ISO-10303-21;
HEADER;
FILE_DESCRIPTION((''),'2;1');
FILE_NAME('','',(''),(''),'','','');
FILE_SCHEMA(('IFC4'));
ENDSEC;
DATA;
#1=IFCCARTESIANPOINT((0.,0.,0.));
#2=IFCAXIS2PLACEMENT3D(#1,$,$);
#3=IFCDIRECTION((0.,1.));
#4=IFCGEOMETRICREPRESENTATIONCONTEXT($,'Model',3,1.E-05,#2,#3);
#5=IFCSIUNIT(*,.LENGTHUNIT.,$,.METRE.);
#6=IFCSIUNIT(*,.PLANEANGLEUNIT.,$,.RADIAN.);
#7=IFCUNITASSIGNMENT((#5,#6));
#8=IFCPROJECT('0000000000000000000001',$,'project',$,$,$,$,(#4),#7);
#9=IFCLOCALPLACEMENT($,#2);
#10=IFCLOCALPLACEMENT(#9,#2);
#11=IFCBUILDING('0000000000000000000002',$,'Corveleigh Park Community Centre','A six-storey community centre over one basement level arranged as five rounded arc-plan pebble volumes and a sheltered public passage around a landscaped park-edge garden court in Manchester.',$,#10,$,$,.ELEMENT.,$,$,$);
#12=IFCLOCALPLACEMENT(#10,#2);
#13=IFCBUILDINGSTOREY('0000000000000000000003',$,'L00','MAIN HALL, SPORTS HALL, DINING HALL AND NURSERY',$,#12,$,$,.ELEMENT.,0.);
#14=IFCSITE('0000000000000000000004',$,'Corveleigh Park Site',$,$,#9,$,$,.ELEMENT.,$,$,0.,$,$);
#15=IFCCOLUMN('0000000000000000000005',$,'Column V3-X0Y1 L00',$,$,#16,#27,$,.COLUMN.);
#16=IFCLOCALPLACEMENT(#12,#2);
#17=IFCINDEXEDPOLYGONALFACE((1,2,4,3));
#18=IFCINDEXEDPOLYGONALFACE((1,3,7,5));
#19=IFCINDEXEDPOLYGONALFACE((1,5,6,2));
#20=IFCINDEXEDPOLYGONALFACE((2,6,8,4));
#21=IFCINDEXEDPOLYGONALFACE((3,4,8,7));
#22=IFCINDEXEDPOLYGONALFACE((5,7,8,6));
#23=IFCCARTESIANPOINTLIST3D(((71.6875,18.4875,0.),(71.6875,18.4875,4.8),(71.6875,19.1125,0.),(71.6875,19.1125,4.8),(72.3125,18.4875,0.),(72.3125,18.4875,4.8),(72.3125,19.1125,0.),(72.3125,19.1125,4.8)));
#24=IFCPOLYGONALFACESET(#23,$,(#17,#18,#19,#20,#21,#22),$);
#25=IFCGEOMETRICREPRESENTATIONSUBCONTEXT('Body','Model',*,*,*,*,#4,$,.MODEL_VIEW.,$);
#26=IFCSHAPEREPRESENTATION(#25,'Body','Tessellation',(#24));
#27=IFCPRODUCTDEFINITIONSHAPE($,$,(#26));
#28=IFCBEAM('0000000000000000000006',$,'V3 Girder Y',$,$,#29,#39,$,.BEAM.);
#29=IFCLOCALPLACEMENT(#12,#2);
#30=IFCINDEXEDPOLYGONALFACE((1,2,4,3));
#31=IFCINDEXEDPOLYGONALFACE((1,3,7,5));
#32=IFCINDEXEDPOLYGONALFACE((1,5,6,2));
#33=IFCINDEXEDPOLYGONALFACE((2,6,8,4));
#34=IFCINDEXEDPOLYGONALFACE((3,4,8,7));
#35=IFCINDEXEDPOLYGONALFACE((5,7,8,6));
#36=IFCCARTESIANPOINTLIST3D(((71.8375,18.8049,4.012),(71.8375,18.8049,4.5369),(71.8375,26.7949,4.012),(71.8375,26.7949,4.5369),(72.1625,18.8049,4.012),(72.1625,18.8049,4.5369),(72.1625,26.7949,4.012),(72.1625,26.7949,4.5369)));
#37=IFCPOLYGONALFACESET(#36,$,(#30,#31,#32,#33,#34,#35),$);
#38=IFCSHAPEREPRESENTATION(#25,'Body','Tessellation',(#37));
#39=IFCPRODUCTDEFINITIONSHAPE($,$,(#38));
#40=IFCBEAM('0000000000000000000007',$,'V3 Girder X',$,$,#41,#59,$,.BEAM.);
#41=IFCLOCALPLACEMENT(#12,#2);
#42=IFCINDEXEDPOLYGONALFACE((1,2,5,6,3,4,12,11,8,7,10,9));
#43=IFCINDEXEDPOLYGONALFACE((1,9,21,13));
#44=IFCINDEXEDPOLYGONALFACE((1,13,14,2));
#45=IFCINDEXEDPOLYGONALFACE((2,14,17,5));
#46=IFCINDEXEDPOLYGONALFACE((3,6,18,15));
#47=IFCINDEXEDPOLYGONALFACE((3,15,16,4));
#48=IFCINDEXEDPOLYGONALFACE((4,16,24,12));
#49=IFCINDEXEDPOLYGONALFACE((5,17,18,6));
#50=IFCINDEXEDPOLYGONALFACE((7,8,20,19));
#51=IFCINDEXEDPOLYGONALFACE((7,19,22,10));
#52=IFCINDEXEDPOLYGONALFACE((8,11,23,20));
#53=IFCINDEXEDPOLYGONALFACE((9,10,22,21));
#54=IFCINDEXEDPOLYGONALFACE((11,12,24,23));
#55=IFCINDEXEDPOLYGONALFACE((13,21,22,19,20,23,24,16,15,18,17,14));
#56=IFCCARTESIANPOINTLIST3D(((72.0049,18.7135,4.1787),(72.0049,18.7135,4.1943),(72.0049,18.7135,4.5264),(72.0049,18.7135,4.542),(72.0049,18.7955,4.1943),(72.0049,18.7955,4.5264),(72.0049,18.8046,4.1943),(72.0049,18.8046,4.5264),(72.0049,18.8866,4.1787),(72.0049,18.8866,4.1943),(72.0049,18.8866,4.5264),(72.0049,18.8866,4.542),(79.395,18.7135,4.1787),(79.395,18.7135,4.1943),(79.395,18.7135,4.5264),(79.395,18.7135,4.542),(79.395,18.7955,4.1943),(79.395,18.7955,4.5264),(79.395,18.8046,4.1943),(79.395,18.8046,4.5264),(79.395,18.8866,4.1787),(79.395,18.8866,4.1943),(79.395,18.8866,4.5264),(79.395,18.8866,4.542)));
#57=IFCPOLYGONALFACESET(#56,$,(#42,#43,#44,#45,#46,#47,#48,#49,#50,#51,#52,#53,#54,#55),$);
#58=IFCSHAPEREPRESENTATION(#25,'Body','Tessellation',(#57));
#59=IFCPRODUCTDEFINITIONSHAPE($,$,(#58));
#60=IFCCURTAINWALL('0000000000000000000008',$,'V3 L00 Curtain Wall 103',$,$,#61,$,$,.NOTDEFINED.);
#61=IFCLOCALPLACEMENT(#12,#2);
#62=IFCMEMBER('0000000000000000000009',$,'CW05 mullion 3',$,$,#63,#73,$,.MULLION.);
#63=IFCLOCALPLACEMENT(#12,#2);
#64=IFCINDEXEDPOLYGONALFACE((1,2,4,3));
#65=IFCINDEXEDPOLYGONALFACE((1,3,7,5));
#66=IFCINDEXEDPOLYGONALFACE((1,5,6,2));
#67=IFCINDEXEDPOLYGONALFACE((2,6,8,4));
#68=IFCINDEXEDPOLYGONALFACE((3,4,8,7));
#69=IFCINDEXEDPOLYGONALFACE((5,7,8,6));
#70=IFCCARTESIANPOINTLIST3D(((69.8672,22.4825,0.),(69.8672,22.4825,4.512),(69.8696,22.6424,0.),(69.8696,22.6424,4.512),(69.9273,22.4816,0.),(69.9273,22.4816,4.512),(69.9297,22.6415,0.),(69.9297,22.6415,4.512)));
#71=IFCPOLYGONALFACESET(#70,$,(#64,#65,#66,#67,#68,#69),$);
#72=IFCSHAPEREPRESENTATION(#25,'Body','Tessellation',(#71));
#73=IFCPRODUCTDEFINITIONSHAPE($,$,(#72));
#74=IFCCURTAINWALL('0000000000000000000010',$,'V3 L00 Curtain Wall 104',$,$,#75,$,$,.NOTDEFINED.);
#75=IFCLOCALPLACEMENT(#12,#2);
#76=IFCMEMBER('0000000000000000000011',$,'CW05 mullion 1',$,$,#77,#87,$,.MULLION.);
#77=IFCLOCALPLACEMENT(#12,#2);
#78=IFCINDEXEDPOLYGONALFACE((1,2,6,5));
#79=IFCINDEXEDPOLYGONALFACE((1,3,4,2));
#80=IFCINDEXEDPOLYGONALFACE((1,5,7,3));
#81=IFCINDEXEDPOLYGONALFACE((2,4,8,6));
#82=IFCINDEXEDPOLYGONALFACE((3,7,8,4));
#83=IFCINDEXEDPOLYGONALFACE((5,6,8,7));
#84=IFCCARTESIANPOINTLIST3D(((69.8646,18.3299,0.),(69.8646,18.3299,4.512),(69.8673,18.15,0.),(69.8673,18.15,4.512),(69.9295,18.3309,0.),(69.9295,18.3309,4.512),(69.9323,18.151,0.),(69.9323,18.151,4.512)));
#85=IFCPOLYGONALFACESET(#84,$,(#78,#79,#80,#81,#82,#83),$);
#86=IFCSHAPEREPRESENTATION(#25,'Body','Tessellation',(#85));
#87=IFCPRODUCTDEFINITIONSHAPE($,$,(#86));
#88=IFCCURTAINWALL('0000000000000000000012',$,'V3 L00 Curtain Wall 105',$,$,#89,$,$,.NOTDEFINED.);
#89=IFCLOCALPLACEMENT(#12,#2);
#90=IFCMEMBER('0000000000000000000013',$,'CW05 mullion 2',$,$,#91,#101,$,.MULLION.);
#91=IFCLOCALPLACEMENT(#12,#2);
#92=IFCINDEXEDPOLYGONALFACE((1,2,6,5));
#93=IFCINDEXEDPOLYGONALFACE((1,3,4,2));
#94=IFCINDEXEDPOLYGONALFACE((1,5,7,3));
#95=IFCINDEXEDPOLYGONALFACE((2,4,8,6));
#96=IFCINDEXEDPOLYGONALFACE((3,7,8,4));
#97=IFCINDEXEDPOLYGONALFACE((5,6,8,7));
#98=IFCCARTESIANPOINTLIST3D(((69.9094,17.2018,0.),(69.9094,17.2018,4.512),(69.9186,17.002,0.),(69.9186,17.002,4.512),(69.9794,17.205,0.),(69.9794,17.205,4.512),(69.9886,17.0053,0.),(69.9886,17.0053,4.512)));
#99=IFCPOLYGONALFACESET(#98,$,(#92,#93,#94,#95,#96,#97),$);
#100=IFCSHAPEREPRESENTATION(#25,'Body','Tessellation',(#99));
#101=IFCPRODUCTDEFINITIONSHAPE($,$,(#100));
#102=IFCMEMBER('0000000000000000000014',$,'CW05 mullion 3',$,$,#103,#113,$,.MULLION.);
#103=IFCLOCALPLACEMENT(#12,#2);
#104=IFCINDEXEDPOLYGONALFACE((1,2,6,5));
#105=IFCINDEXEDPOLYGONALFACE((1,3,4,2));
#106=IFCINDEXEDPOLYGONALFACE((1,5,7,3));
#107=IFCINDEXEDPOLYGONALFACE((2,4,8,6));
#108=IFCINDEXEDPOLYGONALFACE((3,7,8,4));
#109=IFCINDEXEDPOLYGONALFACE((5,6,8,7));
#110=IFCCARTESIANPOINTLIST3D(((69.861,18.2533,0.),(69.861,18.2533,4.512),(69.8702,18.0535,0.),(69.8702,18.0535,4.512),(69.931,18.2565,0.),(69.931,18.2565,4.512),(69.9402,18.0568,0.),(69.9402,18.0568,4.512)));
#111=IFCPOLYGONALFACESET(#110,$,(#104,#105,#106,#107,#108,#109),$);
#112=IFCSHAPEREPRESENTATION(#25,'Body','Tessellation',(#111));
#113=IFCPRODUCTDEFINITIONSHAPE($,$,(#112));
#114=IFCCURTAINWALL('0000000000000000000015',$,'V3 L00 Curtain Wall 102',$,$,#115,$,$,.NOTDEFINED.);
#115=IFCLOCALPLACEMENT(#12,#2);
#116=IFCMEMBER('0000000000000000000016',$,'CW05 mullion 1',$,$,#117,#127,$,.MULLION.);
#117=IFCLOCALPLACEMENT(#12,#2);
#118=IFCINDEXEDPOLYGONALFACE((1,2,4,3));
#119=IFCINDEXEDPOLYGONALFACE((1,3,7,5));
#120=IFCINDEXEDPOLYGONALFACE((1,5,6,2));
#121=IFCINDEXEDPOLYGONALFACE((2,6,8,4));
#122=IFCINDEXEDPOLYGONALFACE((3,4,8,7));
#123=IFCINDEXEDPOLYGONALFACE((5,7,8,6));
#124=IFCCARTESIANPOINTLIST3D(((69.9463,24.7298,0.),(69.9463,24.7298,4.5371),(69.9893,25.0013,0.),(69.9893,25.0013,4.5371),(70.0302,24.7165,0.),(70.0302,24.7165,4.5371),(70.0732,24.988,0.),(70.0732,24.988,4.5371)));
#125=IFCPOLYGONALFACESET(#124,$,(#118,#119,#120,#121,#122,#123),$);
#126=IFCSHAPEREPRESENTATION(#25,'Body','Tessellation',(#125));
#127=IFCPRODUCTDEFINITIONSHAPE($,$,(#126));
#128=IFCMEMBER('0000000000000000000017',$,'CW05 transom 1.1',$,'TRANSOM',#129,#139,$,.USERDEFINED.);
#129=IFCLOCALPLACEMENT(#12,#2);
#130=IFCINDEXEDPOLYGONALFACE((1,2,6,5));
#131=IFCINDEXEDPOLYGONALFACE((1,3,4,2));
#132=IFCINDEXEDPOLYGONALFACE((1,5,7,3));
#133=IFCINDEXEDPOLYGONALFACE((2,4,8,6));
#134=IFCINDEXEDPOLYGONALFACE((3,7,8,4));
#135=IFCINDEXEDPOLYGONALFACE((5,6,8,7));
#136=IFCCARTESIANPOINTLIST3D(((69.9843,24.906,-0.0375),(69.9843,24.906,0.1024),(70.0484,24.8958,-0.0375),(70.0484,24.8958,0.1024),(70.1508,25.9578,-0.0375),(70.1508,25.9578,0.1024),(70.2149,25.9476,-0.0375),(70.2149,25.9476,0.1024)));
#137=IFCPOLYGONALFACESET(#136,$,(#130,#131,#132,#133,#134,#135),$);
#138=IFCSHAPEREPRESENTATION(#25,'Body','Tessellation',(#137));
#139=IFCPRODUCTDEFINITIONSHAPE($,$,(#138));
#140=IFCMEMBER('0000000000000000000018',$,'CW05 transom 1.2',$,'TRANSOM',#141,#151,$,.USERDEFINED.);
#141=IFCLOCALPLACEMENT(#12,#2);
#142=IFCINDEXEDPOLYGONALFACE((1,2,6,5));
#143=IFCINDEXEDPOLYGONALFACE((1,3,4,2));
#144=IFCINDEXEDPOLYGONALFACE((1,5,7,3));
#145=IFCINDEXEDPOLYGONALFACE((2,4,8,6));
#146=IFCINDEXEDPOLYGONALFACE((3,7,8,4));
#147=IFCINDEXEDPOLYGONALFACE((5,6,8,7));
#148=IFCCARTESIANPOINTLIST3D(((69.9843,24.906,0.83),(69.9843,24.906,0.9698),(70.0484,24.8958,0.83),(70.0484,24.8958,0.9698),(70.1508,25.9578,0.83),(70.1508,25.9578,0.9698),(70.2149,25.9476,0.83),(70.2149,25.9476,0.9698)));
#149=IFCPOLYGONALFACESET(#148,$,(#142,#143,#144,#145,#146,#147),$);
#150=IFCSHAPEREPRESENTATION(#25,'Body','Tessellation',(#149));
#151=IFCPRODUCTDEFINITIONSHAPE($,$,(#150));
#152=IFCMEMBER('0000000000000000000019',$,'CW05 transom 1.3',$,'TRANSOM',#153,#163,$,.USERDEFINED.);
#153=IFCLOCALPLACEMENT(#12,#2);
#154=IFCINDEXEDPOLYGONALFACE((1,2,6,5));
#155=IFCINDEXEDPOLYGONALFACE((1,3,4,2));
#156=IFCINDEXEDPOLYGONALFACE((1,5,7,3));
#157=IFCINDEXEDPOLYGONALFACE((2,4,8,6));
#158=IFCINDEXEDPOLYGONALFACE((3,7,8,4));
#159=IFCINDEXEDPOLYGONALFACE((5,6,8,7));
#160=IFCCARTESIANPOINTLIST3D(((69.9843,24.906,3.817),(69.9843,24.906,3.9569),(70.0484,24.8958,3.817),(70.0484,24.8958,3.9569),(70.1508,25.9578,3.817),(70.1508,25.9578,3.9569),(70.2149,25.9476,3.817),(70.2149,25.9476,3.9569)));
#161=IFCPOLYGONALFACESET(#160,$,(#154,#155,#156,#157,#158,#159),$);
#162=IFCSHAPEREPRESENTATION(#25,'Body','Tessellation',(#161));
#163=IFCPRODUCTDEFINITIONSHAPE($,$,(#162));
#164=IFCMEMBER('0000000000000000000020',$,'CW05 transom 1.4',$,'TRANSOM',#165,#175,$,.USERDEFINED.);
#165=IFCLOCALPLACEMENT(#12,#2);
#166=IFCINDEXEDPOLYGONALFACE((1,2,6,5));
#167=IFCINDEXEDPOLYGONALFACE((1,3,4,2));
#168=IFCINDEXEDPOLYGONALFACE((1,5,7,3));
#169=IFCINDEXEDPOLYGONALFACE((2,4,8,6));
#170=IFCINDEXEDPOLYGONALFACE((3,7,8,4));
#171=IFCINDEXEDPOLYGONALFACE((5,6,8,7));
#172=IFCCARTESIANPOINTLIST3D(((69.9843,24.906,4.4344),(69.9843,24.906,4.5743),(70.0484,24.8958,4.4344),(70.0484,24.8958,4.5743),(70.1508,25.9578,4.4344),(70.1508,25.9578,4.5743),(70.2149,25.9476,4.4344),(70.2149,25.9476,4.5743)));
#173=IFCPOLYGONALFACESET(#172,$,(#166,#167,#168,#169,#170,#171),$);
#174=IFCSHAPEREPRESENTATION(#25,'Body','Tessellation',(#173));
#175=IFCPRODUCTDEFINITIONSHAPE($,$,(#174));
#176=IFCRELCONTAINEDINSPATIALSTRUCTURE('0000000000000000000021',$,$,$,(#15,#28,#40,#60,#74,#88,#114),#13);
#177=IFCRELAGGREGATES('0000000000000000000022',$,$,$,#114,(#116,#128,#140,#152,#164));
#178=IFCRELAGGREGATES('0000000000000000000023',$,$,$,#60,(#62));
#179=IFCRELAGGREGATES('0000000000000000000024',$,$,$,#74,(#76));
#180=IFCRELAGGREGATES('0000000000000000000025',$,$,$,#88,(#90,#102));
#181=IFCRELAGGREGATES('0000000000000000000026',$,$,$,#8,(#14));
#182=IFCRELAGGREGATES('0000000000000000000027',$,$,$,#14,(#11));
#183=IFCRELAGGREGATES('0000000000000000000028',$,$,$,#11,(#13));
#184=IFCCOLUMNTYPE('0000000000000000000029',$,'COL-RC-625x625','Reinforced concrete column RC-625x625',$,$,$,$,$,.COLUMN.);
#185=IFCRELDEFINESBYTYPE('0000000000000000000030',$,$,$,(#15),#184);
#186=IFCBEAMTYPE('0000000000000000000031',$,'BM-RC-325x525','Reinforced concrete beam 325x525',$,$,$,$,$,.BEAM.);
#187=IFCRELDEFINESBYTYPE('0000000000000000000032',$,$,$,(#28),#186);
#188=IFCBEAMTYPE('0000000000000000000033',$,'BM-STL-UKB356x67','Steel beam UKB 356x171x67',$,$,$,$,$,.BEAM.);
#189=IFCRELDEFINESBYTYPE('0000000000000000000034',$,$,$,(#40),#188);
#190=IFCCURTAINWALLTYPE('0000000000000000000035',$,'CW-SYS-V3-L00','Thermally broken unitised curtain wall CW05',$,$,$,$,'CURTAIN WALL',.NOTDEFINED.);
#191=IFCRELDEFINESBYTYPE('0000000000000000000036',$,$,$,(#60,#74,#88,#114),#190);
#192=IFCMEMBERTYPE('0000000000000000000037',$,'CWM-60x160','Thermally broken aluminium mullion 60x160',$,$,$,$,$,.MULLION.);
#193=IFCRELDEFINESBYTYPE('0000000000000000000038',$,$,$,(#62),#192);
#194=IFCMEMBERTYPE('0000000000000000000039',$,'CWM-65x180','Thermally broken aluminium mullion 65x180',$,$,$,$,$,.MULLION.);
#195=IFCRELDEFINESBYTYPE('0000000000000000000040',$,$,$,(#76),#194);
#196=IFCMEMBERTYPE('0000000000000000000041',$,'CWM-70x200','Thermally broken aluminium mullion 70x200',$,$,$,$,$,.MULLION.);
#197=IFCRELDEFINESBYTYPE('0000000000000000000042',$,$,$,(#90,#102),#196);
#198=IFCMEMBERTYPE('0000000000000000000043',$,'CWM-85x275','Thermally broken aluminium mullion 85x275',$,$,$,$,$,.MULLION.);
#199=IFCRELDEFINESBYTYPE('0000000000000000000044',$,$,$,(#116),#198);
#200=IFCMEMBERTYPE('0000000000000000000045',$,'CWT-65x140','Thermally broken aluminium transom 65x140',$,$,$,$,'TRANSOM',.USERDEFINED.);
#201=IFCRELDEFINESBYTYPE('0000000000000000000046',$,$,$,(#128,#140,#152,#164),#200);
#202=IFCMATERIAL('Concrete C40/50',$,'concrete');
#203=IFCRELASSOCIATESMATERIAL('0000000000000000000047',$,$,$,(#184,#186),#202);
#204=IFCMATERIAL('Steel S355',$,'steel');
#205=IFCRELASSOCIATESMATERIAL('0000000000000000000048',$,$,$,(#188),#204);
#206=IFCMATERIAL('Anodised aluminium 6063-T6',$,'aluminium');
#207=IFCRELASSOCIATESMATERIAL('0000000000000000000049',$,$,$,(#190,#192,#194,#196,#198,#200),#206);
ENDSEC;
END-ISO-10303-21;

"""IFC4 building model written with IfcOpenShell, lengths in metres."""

from ifc_helpers import new_model, si_unit, direction, frame, origin, origin_2d, place, context, subcontext, project, spatial, rectangle, i_section, extrude, material, material_profile, profile_set, type_object, element, aggregate, save


model = new_model("IFC4")

# Units and contexts
model_context = context("Model", 3, precision=1e-05, world=origin(), true_north=direction((0.0, 1.0)))
body_context = subcontext(model_context, "Body", "Model", "MODEL_VIEW")
ifc_project = project(units=[si_unit("LENGTHUNIT", "METRE"), si_unit("PLANEANGLEUNIT", "RADIAN")], contexts=[model_context])

# Site, building, storey
site_placement = place(None, origin())
site = spatial("IfcSite", under=ifc_project, at=site_placement, Name="Corveleigh Park Site", CompositionType="ELEMENT", RefElevation=0.0)
building_placement = place(site_placement, origin())
building = spatial("IfcBuilding", under=site, at=building_placement, Name="Corveleigh Park Community Centre", Description="A six-storey community centre over one basement level arranged as five rounded arc-plan pebble volumes and a sheltered public passage around a landscaped park-edge garden court in Manchester.", CompositionType="ELEMENT")
storey_placement = place(building_placement, origin())
storey = spatial("IfcBuildingStorey", under=building, at=storey_placement, Name="L00", Description="MAIN HALL, SPORTS HALL, DINING HALL AND NURSERY", CompositionType="ELEMENT", Elevation=0.0)

# Column
ifc_material_1 = material(Name="Concrete C40/50", Category="concrete")
ifc_material_profile_1 = material_profile(ifc_material_1, rectangle(XDim=0.625, YDim=0.625, at=origin_2d()), Name="RC-625x625", Category="concrete")
ifc_profile_set_1 = profile_set([ifc_material_profile_1], Name="Concrete C40/50")
column_type = type_object("IfcColumnType", Name="COL-RC-625x625", Description="Reinforced concrete column RC-625x625", PredefinedType="COLUMN", material=ifc_profile_set_1)
column_placement = place(storey_placement, frame((72.0, 18.8, 0.0), z_axis=(0.0, 0.0, 1.0), x_axis=(1.0, 0.0, 0.0)))
element("IfcColumn", 1, at=column_placement, inside=storey, type_object=column_type, Name="Column V3-X0Y1 L00", PredefinedType="COLUMN", context=body_context, shape_type="SweptSolid", body=[
    extrude(rectangle(XDim=0.625, YDim=0.625, at=origin_2d()), origin(), (0.0, 0.0, 1.0), 4.8),
])

# Beams
ifc_material_profile_2 = material_profile(ifc_material_1, rectangle(XDim=0.325, YDim=0.5249, at=origin_2d()), Name="RC-325x525", Category="concrete")
ifc_profile_set_2 = profile_set([ifc_material_profile_2], Name="Concrete C40/50")
beam_type_1 = type_object("IfcBeamType", Name="BM-RC-325x525", Description="Reinforced concrete beam 325x525", PredefinedType="BEAM", material=ifc_profile_set_2)
beam_1_placement = place(storey_placement, frame((72.0, 18.8049, 4.2744), z_axis=(0.0, 1.0, 0.0), x_axis=(-1.0, 0.0, 0.0)))
element("IfcBeam", 2, at=beam_1_placement, inside=storey, type_object=beam_type_1, Name="V3 Girder Y", PredefinedType="BEAM", context=body_context, shape_type="SweptSolid", body=[
    extrude(rectangle(XDim=0.325, YDim=0.5249, at=origin_2d()), origin(), (0.0, 0.0, 1.0), 7.99),
])
ifc_material_2 = material(Name="Steel S355", Category="steel")
ifc_material_profile_3 = material_profile(ifc_material_2, i_section(OverallWidth=0.1731, OverallDepth=0.3633, WebThickness=0.009, FlangeThickness=0.0156, at=origin_2d()), Name="UKB 356x171x67", Category="steel")
ifc_profile_set_3 = profile_set([ifc_material_profile_3], Name="Steel S355")
beam_type_2 = type_object("IfcBeamType", Name="BM-STL-UKB356x67", Description="Steel beam UKB 356x171x67", PredefinedType="BEAM", material=ifc_profile_set_3)
beam_2_placement = place(storey_placement, frame((72.0049, 18.8, 4.3604), z_axis=(1.0, 0.0, 0.0), x_axis=(0.0, 1.0, 0.0)))
element("IfcBeam", 3, at=beam_2_placement, inside=storey, type_object=beam_type_2, Name="V3 Girder X", PredefinedType="BEAM", context=body_context, shape_type="SweptSolid", body=[
    extrude(i_section(OverallWidth=0.1731, OverallDepth=0.3633, WebThickness=0.009, FlangeThickness=0.0156, at=origin_2d()), origin(), (0.0, 0.0, 1.0), 7.3901),
])

# Curtain walls, members
ifc_material_3 = material(Name="Anodised aluminium 6063-T6", Category="aluminium")
curtain_wall_type = type_object("IfcCurtainWallType", Name="CW-SYS-V3-L00", Description="Thermally broken unitised curtain wall CW05", ElementType="CURTAIN WALL", PredefinedType="NOTDEFINED", material=ifc_material_3)
curtain_wall_1_placement = place(storey_placement, origin())
curtain_wall_1 = element("IfcCurtainWall", 4, at=curtain_wall_1_placement, inside=storey, type_object=curtain_wall_type, Name="V3 L00 Curtain Wall 103", PredefinedType="NOTDEFINED")
ifc_material_profile_4 = material_profile(ifc_material_3, rectangle(XDim=0.0601, YDim=0.1599, at=origin_2d()), Name="ALU-M60x160", Category="aluminium")
ifc_profile_set_4 = profile_set([ifc_material_profile_4], Name="Anodised aluminium 6063-T6")
member_type_1 = type_object("IfcMemberType", Name="CWM-60x160", Description="Thermally broken aluminium mullion 60x160", PredefinedType="MULLION", material=ifc_profile_set_4)
member_1_placement = place(storey_placement, frame((69.8984, 22.562, 0.0), z_axis=(0.0, 0.0, 1.0), x_axis=(-0.999886, 0.015115, 0.0)))
member_1 = element("IfcMember", 5, at=member_1_placement, type_object=member_type_1, Name="CW05 mullion 3", PredefinedType="MULLION", context=body_context, shape_type="SweptSolid", body=[
    extrude(rectangle(XDim=0.0601, YDim=0.1599, at=origin_2d()), origin(), (0.0, 0.0, 1.0), 4.512),
])
curtain_wall_2_placement = place(storey_placement, origin())
curtain_wall_2 = element("IfcCurtainWall", 6, at=curtain_wall_2_placement, inside=storey, type_object=curtain_wall_type, Name="V3 L00 Curtain Wall 104", PredefinedType="NOTDEFINED")
ifc_material_profile_5 = material_profile(ifc_material_3, rectangle(XDim=0.0649, YDim=0.1799, at=origin_2d()), Name="ALU-M65x180", Category="aluminium")
ifc_profile_set_5 = profile_set([ifc_material_profile_5], Name="Anodised aluminium 6063-T6")
member_type_2 = type_object("IfcMemberType", Name="CWM-65x180", Description="Thermally broken aluminium mullion 65x180", PredefinedType="MULLION", material=ifc_profile_set_5)
member_2_placement = place(storey_placement, frame((69.8984, 18.2405, 0.0), z_axis=(0.0, 0.0, 1.0), x_axis=(-0.999886, -0.015115, 0.0)))
member_2 = element("IfcMember", 7, at=member_2_placement, type_object=member_type_2, Name="CW05 mullion 1", PredefinedType="MULLION", context=body_context, shape_type="SweptSolid", body=[
    extrude(rectangle(XDim=0.0649, YDim=0.1799, at=origin_2d()), origin(), (0.0, 0.0, 1.0), 4.512),
])

# Curtain walls, members
curtain_wall_3_placement = place(storey_placement, origin())
curtain_wall_3 = element("IfcCurtainWall", 8, at=curtain_wall_3_placement, inside=storey, type_object=curtain_wall_type, Name="V3 L00 Curtain Wall 105", PredefinedType="NOTDEFINED")
ifc_material_profile_6 = material_profile(ifc_material_3, rectangle(XDim=0.0701, YDim=0.2, at=origin_2d()), Name="ALU-M70x200", Category="aluminium")
ifc_profile_set_6 = profile_set([ifc_material_profile_6], Name="Anodised aluminium 6063-T6")
member_type_3 = type_object("IfcMemberType", Name="CWM-70x200", Description="Thermally broken aluminium mullion 70x200", PredefinedType="MULLION", material=ifc_profile_set_6)
member_3_placement = place(storey_placement, frame((69.949, 17.1035, 0.0), z_axis=(0.0, 0.0, 1.0), x_axis=(-0.998943, -0.045971, 0.0)))
member_3 = element("IfcMember", 9, at=member_3_placement, type_object=member_type_3, Name="CW05 mullion 2", PredefinedType="MULLION", context=body_context, shape_type="SweptSolid", body=[
    extrude(rectangle(XDim=0.0701, YDim=0.2, at=origin_2d()), origin(), (0.0, 0.0, 1.0), 4.512),
])
member_4_placement = place(storey_placement, frame((69.9006, 18.155, 0.0), z_axis=(0.0, 0.0, 1.0), x_axis=(-0.998943, -0.045971, 0.0)))
member_4 = element("IfcMember", 10, at=member_4_placement, type_object=member_type_3, Name="CW05 mullion 3", PredefinedType="MULLION", context=body_context, shape_type="SweptSolid", body=[
    extrude(rectangle(XDim=0.0701, YDim=0.2, at=origin_2d()), origin(), (0.0, 0.0, 1.0), 4.512),
])
curtain_wall_4_placement = place(storey_placement, origin())
curtain_wall_4 = element("IfcCurtainWall", 11, at=curtain_wall_4_placement, inside=storey, type_object=curtain_wall_type, Name="V3 L00 Curtain Wall 102", PredefinedType="NOTDEFINED")
ifc_material_profile_7 = material_profile(ifc_material_3, rectangle(XDim=0.085, YDim=0.2749, at=origin_2d()), Name="ALU-M85x275", Category="aluminium")
ifc_profile_set_7 = profile_set([ifc_material_profile_7], Name="Anodised aluminium 6063-T6")
member_type_4 = type_object("IfcMemberType", Name="CWM-85x275", Description="Thermally broken aluminium mullion 85x275", PredefinedType="MULLION", material=ifc_profile_set_7)
member_5_placement = place(storey_placement, frame((70.0098, 24.8589, 0.0), z_axis=(0.0, 0.0, 1.0), x_axis=(-0.987688, 0.156436, 0.0)))
member_5 = element("IfcMember", 12, at=member_5_placement, type_object=member_type_4, Name="CW05 mullion 1", PredefinedType="MULLION", context=body_context, shape_type="SweptSolid", body=[
    extrude(rectangle(XDim=0.085, YDim=0.2749, at=origin_2d()), origin(), (0.0, 0.0, 1.0), 4.5371),
])
ifc_material_profile_8 = material_profile(ifc_material_3, rectangle(XDim=0.0649, YDim=0.1399, at=origin_2d()), Name="ALU-T65x140", Category="aluminium")
ifc_profile_set_8 = profile_set([ifc_material_profile_8], Name="Anodised aluminium 6063-T6")
member_type_5 = type_object("IfcMemberType", Name="CWT-65x140", Description="Thermally broken aluminium transom 65x140", ElementType="TRANSOM", PredefinedType="USERDEFINED", material=ifc_profile_set_8)
member_6_placement = place(storey_placement, frame((70.0164, 24.9009, 0.0325), z_axis=(0.156363, 0.9877, 0.0), x_axis=(-0.9877, 0.156363, 0.0)))
member_6 = element("IfcMember", 13, at=member_6_placement, type_object=member_type_5, Name="CW05 transom 1.1", ObjectType="TRANSOM", PredefinedType="USERDEFINED", context=body_context, shape_type="SweptSolid", body=[
    extrude(rectangle(XDim=0.0649, YDim=0.1399, at=origin_2d()), origin(), (0.0, 0.0, 1.0), 1.0649),
])
member_7_placement = place(storey_placement, frame((70.0164, 24.9009, 0.8999), z_axis=(0.156363, 0.9877, 0.0), x_axis=(-0.9877, 0.156363, 0.0)))
member_7 = element("IfcMember", 14, at=member_7_placement, type_object=member_type_5, Name="CW05 transom 1.2", ObjectType="TRANSOM", PredefinedType="USERDEFINED", context=body_context, shape_type="SweptSolid", body=[
    extrude(rectangle(XDim=0.0649, YDim=0.1399, at=origin_2d()), origin(), (0.0, 0.0, 1.0), 1.0649),
])
member_8_placement = place(storey_placement, frame((70.0164, 24.9009, 3.887), z_axis=(0.156363, 0.9877, 0.0), x_axis=(-0.9877, 0.156363, 0.0)))
member_8 = element("IfcMember", 15, at=member_8_placement, type_object=member_type_5, Name="CW05 transom 1.3", ObjectType="TRANSOM", PredefinedType="USERDEFINED", context=body_context, shape_type="SweptSolid", body=[
    extrude(rectangle(XDim=0.0649, YDim=0.1399, at=origin_2d()), origin(), (0.0, 0.0, 1.0), 1.0649),
])
member_9_placement = place(storey_placement, frame((70.0164, 24.9009, 4.5044), z_axis=(0.156363, 0.9877, 0.0), x_axis=(-0.9877, 0.156363, 0.0)))
member_9 = element("IfcMember", 16, at=member_9_placement, type_object=member_type_5, Name="CW05 transom 1.4", ObjectType="TRANSOM", PredefinedType="USERDEFINED", context=body_context, shape_type="SweptSolid", body=[
    extrude(rectangle(XDim=0.0649, YDim=0.1399, at=origin_2d()), origin(), (0.0, 0.0, 1.0), 1.0649),
])
aggregate(curtain_wall_4, [member_5, member_6, member_7, member_8, member_9])

aggregate(curtain_wall_1, [member_1])
aggregate(curtain_wall_2, [member_2])
aggregate(curtain_wall_3, [member_3, member_4])

save(model, "model.ifc")
